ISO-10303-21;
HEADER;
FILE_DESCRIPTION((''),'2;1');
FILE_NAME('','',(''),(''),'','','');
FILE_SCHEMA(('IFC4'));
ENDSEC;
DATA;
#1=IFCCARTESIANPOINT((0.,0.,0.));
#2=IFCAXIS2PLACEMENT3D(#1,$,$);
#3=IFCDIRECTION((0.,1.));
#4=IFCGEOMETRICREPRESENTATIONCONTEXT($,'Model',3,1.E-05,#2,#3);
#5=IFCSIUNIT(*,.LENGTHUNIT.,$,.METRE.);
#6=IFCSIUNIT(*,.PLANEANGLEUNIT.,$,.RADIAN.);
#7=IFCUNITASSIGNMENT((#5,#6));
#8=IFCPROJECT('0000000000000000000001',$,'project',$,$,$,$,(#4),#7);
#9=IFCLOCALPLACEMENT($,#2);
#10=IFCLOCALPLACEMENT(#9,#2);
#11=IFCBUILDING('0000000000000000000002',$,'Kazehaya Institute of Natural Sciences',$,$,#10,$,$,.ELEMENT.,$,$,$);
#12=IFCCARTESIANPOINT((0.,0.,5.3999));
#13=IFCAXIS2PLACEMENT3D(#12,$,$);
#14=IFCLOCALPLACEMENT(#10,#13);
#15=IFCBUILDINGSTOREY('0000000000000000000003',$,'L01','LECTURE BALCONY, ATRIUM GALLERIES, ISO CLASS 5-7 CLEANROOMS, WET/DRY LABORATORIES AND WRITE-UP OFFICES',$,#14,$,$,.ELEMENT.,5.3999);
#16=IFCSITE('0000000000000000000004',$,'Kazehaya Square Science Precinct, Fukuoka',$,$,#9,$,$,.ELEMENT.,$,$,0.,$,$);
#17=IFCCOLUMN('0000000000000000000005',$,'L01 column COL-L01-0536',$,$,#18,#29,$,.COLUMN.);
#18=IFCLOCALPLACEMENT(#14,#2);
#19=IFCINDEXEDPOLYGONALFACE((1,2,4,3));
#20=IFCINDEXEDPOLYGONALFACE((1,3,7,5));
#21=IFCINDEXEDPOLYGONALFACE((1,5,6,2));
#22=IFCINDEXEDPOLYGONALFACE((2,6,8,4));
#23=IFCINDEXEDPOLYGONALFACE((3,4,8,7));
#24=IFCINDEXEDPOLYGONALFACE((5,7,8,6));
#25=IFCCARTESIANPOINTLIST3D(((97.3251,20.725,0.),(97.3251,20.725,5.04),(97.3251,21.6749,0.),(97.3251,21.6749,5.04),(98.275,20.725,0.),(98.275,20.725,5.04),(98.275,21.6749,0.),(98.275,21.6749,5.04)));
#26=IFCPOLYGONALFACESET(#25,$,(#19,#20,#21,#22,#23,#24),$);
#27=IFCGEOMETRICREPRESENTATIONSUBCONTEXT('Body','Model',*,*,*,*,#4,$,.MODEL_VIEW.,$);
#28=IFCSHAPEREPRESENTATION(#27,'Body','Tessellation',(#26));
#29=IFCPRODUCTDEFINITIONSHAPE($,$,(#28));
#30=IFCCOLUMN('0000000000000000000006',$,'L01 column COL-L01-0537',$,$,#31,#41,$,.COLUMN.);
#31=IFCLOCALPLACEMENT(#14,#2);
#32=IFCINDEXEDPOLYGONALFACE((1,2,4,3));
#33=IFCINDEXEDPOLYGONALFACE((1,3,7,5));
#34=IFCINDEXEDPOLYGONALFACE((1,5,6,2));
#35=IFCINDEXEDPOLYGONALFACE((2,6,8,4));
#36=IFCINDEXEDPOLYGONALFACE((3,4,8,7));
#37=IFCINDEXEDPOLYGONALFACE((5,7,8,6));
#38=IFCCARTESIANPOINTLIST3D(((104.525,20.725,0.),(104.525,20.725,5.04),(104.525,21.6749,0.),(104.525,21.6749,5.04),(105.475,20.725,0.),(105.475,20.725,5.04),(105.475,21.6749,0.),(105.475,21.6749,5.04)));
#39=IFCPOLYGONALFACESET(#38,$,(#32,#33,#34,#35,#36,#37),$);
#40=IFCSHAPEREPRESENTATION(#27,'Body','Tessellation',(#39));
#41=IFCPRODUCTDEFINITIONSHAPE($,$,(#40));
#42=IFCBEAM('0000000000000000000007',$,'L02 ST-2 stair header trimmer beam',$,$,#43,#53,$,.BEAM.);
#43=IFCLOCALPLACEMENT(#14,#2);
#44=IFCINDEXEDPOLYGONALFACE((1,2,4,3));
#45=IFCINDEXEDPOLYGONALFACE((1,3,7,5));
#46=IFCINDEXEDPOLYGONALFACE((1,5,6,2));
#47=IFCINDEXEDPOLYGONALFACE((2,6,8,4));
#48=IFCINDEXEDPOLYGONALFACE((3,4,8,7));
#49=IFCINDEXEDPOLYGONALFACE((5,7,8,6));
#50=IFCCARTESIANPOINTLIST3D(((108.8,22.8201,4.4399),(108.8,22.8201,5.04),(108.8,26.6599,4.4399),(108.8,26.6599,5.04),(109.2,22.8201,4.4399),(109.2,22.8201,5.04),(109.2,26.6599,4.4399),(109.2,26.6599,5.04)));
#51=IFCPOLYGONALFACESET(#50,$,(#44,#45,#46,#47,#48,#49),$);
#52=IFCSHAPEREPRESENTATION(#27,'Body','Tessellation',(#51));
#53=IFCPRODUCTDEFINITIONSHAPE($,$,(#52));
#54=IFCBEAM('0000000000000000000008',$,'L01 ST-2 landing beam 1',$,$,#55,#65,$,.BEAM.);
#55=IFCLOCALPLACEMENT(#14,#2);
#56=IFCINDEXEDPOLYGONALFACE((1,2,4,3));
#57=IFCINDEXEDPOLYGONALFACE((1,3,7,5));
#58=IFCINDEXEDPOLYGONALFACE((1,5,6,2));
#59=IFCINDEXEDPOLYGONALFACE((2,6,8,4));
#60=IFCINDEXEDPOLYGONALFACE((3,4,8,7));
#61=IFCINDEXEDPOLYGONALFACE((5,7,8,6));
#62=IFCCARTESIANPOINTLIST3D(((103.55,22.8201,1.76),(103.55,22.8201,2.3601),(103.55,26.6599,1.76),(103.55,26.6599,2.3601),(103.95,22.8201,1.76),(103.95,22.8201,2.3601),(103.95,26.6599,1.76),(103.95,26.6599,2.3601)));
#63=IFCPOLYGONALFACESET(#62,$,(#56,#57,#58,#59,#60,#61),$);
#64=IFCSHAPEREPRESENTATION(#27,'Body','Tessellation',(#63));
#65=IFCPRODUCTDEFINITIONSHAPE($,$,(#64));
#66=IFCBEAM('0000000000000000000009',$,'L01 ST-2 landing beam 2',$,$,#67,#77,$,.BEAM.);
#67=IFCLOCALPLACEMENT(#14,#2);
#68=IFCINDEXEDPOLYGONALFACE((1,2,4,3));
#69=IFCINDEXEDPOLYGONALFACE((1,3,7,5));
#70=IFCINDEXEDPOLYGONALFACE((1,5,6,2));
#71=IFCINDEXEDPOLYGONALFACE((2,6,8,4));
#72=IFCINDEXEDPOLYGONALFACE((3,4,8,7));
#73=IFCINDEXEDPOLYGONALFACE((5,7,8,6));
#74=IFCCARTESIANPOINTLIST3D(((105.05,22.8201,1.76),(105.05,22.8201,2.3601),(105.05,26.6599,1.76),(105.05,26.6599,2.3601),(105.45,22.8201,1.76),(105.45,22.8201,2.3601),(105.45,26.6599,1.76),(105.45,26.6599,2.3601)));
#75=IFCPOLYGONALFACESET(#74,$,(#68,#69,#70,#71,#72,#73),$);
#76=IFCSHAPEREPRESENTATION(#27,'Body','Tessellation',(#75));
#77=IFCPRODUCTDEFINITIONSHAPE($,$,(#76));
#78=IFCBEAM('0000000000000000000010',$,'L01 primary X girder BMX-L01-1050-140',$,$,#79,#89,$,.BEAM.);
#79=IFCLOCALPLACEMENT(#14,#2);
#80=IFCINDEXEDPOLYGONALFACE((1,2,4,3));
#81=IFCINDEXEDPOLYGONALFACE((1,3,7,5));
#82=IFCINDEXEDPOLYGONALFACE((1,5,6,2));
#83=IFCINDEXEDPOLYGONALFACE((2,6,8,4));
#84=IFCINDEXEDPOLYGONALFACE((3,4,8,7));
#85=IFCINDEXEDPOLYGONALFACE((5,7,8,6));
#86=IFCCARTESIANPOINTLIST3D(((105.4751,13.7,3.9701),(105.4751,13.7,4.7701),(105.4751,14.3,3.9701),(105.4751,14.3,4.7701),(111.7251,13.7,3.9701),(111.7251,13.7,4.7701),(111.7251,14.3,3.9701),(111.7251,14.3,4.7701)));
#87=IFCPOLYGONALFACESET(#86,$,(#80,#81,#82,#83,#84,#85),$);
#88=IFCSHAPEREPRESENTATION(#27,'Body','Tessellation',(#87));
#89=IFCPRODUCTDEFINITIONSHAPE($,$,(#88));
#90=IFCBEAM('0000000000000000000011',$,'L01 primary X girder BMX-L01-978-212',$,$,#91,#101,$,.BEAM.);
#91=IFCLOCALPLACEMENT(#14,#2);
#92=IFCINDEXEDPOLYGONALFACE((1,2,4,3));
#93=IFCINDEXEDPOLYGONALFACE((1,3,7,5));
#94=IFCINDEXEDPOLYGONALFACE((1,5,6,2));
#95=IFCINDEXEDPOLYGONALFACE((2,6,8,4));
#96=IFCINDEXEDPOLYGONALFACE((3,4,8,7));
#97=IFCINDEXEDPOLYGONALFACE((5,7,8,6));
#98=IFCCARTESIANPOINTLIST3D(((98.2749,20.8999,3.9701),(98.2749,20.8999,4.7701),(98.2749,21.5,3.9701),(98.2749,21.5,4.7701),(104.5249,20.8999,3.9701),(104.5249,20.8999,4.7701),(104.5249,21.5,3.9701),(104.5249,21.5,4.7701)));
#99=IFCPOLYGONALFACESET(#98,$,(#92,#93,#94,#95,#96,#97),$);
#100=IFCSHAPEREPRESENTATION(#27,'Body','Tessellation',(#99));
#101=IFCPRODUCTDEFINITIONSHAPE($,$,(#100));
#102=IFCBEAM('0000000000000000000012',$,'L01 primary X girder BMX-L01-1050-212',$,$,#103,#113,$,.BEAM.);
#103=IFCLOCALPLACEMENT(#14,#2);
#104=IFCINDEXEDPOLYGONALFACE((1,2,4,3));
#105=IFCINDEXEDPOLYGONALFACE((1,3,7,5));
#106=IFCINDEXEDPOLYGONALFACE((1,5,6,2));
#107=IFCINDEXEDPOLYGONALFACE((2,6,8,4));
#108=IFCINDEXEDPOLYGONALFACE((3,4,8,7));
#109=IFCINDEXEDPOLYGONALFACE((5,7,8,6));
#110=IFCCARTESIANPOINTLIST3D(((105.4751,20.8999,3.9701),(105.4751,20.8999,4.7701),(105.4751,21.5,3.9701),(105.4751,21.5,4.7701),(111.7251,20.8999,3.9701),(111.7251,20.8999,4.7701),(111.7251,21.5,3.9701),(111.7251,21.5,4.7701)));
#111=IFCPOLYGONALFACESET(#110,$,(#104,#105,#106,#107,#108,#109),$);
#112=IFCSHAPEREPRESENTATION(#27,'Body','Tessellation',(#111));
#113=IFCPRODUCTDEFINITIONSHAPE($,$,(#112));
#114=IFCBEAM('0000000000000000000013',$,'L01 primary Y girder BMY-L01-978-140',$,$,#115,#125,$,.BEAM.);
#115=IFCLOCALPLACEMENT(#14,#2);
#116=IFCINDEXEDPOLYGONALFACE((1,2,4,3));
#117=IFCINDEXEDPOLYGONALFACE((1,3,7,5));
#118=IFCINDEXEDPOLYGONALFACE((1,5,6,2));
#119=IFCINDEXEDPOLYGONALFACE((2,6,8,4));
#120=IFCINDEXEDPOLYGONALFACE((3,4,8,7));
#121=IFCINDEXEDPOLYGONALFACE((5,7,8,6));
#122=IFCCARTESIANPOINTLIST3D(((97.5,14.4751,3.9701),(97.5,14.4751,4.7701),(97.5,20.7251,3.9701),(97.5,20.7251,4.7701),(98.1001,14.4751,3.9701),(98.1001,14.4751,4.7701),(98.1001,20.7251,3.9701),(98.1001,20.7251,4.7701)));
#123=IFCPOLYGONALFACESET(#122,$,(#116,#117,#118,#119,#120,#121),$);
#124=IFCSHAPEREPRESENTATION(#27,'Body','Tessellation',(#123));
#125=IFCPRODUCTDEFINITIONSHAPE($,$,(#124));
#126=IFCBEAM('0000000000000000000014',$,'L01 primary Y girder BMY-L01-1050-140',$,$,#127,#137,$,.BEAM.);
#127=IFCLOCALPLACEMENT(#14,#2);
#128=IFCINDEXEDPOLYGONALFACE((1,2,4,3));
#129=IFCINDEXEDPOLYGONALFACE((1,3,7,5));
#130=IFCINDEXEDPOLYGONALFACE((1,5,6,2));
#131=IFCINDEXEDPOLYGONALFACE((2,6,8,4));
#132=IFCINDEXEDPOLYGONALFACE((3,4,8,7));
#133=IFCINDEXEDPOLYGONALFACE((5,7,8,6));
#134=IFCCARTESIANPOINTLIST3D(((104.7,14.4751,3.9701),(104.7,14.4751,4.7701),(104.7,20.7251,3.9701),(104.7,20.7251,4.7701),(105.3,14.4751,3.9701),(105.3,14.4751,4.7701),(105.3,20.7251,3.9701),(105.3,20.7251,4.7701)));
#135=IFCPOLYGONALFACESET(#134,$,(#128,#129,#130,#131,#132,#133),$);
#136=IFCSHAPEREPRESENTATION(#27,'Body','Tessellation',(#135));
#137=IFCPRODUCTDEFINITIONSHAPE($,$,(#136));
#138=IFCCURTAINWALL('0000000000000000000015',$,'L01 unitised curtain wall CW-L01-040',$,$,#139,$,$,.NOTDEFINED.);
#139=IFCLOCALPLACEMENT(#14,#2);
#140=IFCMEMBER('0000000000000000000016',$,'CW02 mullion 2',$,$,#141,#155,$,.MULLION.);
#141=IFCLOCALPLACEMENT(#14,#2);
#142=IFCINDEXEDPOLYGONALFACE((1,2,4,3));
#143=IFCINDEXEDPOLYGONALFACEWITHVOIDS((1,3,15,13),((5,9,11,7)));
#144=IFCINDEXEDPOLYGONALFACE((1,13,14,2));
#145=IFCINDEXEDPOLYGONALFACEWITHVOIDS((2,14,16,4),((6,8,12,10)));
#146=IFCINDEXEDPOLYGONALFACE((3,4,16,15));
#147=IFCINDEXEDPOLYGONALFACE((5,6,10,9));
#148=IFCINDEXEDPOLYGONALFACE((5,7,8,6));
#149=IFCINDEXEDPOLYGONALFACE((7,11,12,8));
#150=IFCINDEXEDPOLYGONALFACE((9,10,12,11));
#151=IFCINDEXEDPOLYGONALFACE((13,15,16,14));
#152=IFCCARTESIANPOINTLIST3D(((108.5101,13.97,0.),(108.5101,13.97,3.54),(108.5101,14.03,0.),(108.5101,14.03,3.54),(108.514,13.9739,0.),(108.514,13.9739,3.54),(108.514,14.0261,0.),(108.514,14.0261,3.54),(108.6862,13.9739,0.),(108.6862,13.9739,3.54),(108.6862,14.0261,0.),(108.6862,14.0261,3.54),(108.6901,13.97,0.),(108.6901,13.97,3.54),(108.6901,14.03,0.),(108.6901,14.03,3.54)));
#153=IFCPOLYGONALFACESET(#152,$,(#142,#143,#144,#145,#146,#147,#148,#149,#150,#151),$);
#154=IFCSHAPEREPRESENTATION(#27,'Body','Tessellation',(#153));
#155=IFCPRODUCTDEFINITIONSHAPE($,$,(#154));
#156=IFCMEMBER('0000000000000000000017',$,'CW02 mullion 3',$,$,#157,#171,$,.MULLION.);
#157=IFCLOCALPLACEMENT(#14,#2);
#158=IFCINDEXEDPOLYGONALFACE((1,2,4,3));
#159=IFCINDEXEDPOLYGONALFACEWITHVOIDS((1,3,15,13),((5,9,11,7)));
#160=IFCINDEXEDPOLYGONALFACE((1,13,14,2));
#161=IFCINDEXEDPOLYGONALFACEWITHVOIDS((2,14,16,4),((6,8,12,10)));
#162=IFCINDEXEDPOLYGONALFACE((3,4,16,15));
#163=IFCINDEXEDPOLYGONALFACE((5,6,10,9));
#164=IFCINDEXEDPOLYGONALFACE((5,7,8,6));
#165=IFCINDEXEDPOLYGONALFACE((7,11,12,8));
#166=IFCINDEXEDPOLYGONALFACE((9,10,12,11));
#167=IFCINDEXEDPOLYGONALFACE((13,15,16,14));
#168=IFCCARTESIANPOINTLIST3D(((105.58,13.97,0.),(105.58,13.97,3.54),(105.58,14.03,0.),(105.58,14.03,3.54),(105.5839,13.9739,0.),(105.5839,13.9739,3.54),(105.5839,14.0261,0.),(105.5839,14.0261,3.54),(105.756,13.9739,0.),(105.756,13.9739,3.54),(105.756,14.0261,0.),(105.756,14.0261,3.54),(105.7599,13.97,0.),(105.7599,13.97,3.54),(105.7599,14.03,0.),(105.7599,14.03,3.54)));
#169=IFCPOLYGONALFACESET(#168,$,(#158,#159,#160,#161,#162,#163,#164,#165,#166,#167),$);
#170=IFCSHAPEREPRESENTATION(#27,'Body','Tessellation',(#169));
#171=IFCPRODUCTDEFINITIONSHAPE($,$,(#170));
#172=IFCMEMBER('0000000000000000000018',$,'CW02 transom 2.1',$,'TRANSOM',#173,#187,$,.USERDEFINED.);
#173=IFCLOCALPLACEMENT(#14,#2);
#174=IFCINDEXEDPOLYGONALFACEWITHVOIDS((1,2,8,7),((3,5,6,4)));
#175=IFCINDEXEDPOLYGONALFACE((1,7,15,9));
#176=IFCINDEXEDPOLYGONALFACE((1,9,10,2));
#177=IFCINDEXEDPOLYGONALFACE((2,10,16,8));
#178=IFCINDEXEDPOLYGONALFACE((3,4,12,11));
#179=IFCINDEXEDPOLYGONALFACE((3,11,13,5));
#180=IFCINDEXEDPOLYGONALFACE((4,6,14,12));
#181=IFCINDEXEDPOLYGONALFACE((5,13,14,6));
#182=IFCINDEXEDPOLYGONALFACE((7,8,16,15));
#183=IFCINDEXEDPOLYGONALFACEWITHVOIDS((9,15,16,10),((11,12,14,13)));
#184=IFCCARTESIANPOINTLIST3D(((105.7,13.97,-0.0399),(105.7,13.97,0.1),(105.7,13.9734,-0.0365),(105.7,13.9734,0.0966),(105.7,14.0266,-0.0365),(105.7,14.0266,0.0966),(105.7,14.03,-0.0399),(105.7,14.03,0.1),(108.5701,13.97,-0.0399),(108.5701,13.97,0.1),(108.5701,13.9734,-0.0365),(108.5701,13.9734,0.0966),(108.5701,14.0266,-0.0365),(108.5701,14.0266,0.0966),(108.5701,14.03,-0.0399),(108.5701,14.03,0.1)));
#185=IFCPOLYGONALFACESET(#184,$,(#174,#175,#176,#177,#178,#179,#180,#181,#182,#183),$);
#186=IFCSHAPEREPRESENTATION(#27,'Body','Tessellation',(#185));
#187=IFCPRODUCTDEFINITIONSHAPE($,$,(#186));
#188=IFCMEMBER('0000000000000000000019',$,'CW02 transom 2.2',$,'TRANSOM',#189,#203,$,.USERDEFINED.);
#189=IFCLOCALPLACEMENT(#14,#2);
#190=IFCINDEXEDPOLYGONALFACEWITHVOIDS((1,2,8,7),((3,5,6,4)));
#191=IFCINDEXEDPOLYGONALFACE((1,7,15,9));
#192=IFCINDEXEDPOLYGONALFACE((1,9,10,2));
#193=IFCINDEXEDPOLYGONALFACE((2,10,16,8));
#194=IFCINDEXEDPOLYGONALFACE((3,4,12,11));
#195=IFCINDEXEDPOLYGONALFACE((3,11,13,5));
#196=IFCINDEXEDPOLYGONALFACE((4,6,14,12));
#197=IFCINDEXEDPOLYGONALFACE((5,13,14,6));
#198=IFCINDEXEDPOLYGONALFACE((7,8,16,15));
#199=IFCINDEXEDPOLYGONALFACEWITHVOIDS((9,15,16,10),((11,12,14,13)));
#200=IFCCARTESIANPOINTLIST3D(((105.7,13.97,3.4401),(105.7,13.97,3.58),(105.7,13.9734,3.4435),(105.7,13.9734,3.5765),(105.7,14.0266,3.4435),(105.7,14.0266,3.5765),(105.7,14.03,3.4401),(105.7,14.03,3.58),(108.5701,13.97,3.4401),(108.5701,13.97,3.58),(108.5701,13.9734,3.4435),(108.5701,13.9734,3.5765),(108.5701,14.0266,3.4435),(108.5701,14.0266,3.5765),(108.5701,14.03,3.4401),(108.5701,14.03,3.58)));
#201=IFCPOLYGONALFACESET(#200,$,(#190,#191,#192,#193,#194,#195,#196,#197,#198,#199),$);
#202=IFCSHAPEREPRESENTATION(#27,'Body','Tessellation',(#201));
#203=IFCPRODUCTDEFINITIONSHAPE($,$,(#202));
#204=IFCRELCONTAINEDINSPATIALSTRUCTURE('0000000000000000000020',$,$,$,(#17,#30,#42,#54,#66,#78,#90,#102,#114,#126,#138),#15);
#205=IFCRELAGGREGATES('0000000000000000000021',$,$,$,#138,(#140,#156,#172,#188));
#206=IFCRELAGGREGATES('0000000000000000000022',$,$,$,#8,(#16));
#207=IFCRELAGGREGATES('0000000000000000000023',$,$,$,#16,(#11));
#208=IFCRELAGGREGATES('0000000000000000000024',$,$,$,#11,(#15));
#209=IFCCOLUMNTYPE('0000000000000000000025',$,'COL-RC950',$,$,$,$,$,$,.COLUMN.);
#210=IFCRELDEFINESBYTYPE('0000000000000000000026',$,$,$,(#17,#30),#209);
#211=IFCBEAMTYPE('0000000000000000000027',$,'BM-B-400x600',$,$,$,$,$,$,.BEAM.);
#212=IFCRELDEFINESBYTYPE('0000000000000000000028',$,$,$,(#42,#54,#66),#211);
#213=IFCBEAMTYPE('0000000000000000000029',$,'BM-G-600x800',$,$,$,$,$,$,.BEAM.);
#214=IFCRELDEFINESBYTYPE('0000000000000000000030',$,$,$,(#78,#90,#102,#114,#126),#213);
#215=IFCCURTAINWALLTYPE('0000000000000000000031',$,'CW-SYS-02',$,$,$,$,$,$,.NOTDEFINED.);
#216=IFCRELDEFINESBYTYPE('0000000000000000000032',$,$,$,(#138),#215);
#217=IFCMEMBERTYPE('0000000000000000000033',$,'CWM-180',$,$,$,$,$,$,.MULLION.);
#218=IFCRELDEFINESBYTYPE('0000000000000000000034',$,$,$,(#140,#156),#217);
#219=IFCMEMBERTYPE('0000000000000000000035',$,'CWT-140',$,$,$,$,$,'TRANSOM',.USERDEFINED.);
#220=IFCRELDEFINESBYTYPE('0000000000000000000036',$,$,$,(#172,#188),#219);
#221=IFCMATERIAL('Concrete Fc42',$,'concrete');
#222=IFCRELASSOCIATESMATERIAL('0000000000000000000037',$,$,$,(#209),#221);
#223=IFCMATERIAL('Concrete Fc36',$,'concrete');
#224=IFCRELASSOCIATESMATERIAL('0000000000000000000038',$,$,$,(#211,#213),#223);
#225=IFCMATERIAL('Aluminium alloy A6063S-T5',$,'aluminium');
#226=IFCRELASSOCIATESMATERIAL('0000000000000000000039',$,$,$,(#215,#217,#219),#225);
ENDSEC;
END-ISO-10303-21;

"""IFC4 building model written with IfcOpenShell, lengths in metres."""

from ifc_helpers import new_model, si_unit, direction, frame, origin, origin_2d, place, context, subcontext, project, spatial, rectangle, hollow_rectangle, extrude, material, material_profile, profile_set, type_object, element, aggregate, save


model = new_model("IFC4")

# Units and contexts
model_context = context("Model", 3, precision=1e-05, world=origin(), true_north=direction((0.0, 1.0)))
body_context = subcontext(model_context, "Body", "Model", "MODEL_VIEW")
ifc_project = project(units=[si_unit("LENGTHUNIT", "METRE"), si_unit("PLANEANGLEUNIT", "RADIAN")], contexts=[model_context])

# Site, building, storey
site_placement = place(None, origin())
site = spatial("IfcSite", under=ifc_project, at=site_placement, Name="Kazehaya Square Science Precinct, Fukuoka", CompositionType="ELEMENT", RefElevation=0.0)
building_placement = place(site_placement, origin())
building = spatial("IfcBuilding", under=site, at=building_placement, Name="Kazehaya Institute of Natural Sciences", CompositionType="ELEMENT")
storey_placement = place(building_placement, frame((0.0, 0.0, 5.3999)))
storey = spatial("IfcBuildingStorey", under=building, at=storey_placement, Name="L01", Description="LECTURE BALCONY, ATRIUM GALLERIES, ISO CLASS 5-7 CLEANROOMS, WET/DRY LABORATORIES AND WRITE-UP OFFICES", CompositionType="ELEMENT", Elevation=5.3999)

# Columns
ifc_material_1 = material(Name="Concrete Fc42", Category="concrete")
ifc_material_profile_1 = material_profile(ifc_material_1, rectangle(XDim=0.95, YDim=0.95, at=origin_2d()), Name="RC-950x950")
ifc_profile_set_1 = profile_set([ifc_material_profile_1], Name="Concrete Fc42")
column_type = type_object("IfcColumnType", Name="COL-RC950", PredefinedType="COLUMN", material=ifc_profile_set_1)
for number, where, z_axis, x_axis, name in (
    (1, (97.8, 21.2, 0.0), (0.0, 0.0, 1.0), (1.0, 0.0, 0.0), "L01 column COL-L01-0536"),
    (2, (105.0, 21.2, 0.0), (0.0, 0.0, 1.0), (1.0, 0.0, 0.0), "L01 column COL-L01-0537"),
):
    element("IfcColumn", number, at=place(storey_placement, frame(where, z_axis=z_axis, x_axis=x_axis)), inside=storey, type_object=column_type, Name=name, PredefinedType="COLUMN", context=body_context, shape_type="SweptSolid", body=[
        extrude(rectangle(XDim=0.95, YDim=0.95, at=origin_2d()), origin(), (0.0, 0.0, 1.0), 5.04),
    ])

# Beams
ifc_material_2 = material(Name="Concrete Fc36", Category="concrete")
ifc_material_profile_2 = material_profile(ifc_material_2, rectangle(XDim=0.3999, YDim=0.6001, at=origin_2d()), Name="RC-400x600")
ifc_profile_set_2 = profile_set([ifc_material_profile_2], Name="Concrete Fc36")
beam_type_1 = type_object("IfcBeamType", Name="BM-B-400x600", PredefinedType="BEAM", material=ifc_profile_set_2)
for number, where, z_axis, x_axis, name in (
    (3, (109.0, 22.8201, 4.74), (0.0, 1.0, 0.0), (-1.0, 0.0, 0.0), "L02 ST-2 stair header trimmer beam"),
    (4, (103.75, 22.8201, 2.0601), (0.0, 1.0, 0.0), (-1.0, 0.0, 0.0), "L01 ST-2 landing beam 1"),
    (5, (105.25, 22.8201, 2.0601), (0.0, 1.0, 0.0), (-1.0, 0.0, 0.0), "L01 ST-2 landing beam 2"),
):
    element("IfcBeam", number, at=place(storey_placement, frame(where, z_axis=z_axis, x_axis=x_axis)), inside=storey, type_object=beam_type_1, Name=name, PredefinedType="BEAM", context=body_context, shape_type="SweptSolid", body=[
        extrude(rectangle(XDim=0.3999, YDim=0.6001, at=origin_2d()), origin(), (0.0, 0.0, 1.0), 3.8398),
    ])
ifc_material_profile_3 = material_profile(ifc_material_2, rectangle(XDim=0.6001, YDim=0.8, at=origin_2d()), Name="RC-600x800")
ifc_profile_set_3 = profile_set([ifc_material_profile_3], Name="Concrete Fc36")
beam_type_2 = type_object("IfcBeamType", Name="BM-G-600x800", PredefinedType="BEAM", material=ifc_profile_set_3)
for number, where, z_axis, x_axis, name in (
    (6, (105.4751, 14.0, 4.3701), (1.0, 0.0, 0.0), (0.0, 1.0, 0.0), "L01 primary X girder BMX-L01-1050-140"),
    (7, (98.2749, 21.2, 4.3701), (1.0, 0.0, 0.0), (0.0, 1.0, 0.0), "L01 primary X girder BMX-L01-978-212"),
    (8, (105.4751, 21.2, 4.3701), (1.0, 0.0, 0.0), (0.0, 1.0, 0.0), "L01 primary X girder BMX-L01-1050-212"),
    (9, (97.8, 14.4751, 4.3701), (0.0, 1.0, 0.0), (-1.0, 0.0, 0.0), "L01 primary Y girder BMY-L01-978-140"),
    (10, (105.0, 14.4751, 4.3701), (0.0, 1.0, 0.0), (-1.0, 0.0, 0.0), "L01 primary Y girder BMY-L01-1050-140"),
):
    element("IfcBeam", number, at=place(storey_placement, frame(where, z_axis=z_axis, x_axis=x_axis)), inside=storey, type_object=beam_type_2, Name=name, PredefinedType="BEAM", context=body_context, shape_type="SweptSolid", body=[
        extrude(rectangle(XDim=0.6001, YDim=0.8, at=origin_2d()), origin(), (0.0, 0.0, 1.0), 6.25),
    ])

# Curtain wall, members
ifc_material_3 = material(Name="Aluminium alloy A6063S-T5", Category="aluminium")
curtain_wall_type = type_object("IfcCurtainWallType", Name="CW-SYS-02", PredefinedType="NOTDEFINED", material=ifc_material_3)
curtain_wall_placement = place(storey_placement, origin())
curtain_wall = element("IfcCurtainWall", 11, at=curtain_wall_placement, inside=storey, type_object=curtain_wall_type, Name="L01 unitised curtain wall CW-L01-040", PredefinedType="NOTDEFINED")
ifc_material_profile_4 = material_profile(ifc_material_3, hollow_rectangle(XDim=0.0601, YDim=0.1799, WallThickness=0.0039, at=origin_2d()), Name="ALU-60x180x4")
ifc_profile_set_4 = profile_set([ifc_material_profile_4], Name="Aluminium alloy A6063S-T5")
member_type_1 = type_object("IfcMemberType", Name="CWM-180", PredefinedType="MULLION", material=ifc_profile_set_4)
member_1_placement = place(storey_placement, frame((108.6001, 14.0, 0.0), z_axis=(0.0, 0.0, 1.0), x_axis=(0.0, -1.0, 0.0)))
member_1 = element("IfcMember", 12, at=member_1_placement, type_object=member_type_1, Name="CW02 mullion 2", PredefinedType="MULLION", context=body_context, shape_type="SweptSolid", body=[
    extrude(hollow_rectangle(XDim=0.0601, YDim=0.1799, WallThickness=0.0039, at=origin_2d()), origin(), (0.0, 0.0, 1.0), 3.54),
])
member_2_placement = place(storey_placement, frame((105.6699, 14.0, 0.0), z_axis=(0.0, 0.0, 1.0), x_axis=(0.0, -1.0, 0.0)))
member_2 = element("IfcMember", 13, at=member_2_placement, type_object=member_type_1, Name="CW02 mullion 3", PredefinedType="MULLION", context=body_context, shape_type="SweptSolid", body=[
    extrude(hollow_rectangle(XDim=0.0601, YDim=0.1799, WallThickness=0.0039, at=origin_2d()), origin(), (0.0, 0.0, 1.0), 3.54),
])
ifc_material_profile_5 = material_profile(ifc_material_3, hollow_rectangle(XDim=0.0601, YDim=0.1399, WallThickness=0.0034, at=origin_2d()), Name="ALU-60x140x3.5")
ifc_profile_set_5 = profile_set([ifc_material_profile_5], Name="Aluminium alloy A6063S-T5")
member_type_2 = type_object("IfcMemberType", Name="CWT-140", ElementType="TRANSOM", PredefinedType="USERDEFINED", material=ifc_profile_set_5)
member_3_placement = place(storey_placement, frame((108.5701, 14.0, 0.03), z_axis=(-1.0, 0.0, 0.0), x_axis=(0.0, -1.0, 0.0)))
member_3 = element("IfcMember", 14, at=member_3_placement, type_object=member_type_2, Name="CW02 transom 2.1", ObjectType="TRANSOM", PredefinedType="USERDEFINED", context=body_context, shape_type="SweptSolid", body=[
    extrude(hollow_rectangle(XDim=0.0601, YDim=0.1399, WallThickness=0.0034, at=origin_2d()), origin(), (0.0, 0.0, 1.0), 2.8701),
])
member_4_placement = place(storey_placement, frame((108.5701, 14.0, 3.51), z_axis=(-1.0, 0.0, 0.0), x_axis=(0.0, -1.0, 0.0)))
member_4 = element("IfcMember", 15, at=member_4_placement, type_object=member_type_2, Name="CW02 transom 2.2", ObjectType="TRANSOM", PredefinedType="USERDEFINED", context=body_context, shape_type="SweptSolid", body=[
    extrude(hollow_rectangle(XDim=0.0601, YDim=0.1399, WallThickness=0.0034, at=origin_2d()), origin(), (0.0, 0.0, 1.0), 2.8701),
])
aggregate(curtain_wall, [member_1, member_2, member_3, member_4])

save(model, "model.ifc")
